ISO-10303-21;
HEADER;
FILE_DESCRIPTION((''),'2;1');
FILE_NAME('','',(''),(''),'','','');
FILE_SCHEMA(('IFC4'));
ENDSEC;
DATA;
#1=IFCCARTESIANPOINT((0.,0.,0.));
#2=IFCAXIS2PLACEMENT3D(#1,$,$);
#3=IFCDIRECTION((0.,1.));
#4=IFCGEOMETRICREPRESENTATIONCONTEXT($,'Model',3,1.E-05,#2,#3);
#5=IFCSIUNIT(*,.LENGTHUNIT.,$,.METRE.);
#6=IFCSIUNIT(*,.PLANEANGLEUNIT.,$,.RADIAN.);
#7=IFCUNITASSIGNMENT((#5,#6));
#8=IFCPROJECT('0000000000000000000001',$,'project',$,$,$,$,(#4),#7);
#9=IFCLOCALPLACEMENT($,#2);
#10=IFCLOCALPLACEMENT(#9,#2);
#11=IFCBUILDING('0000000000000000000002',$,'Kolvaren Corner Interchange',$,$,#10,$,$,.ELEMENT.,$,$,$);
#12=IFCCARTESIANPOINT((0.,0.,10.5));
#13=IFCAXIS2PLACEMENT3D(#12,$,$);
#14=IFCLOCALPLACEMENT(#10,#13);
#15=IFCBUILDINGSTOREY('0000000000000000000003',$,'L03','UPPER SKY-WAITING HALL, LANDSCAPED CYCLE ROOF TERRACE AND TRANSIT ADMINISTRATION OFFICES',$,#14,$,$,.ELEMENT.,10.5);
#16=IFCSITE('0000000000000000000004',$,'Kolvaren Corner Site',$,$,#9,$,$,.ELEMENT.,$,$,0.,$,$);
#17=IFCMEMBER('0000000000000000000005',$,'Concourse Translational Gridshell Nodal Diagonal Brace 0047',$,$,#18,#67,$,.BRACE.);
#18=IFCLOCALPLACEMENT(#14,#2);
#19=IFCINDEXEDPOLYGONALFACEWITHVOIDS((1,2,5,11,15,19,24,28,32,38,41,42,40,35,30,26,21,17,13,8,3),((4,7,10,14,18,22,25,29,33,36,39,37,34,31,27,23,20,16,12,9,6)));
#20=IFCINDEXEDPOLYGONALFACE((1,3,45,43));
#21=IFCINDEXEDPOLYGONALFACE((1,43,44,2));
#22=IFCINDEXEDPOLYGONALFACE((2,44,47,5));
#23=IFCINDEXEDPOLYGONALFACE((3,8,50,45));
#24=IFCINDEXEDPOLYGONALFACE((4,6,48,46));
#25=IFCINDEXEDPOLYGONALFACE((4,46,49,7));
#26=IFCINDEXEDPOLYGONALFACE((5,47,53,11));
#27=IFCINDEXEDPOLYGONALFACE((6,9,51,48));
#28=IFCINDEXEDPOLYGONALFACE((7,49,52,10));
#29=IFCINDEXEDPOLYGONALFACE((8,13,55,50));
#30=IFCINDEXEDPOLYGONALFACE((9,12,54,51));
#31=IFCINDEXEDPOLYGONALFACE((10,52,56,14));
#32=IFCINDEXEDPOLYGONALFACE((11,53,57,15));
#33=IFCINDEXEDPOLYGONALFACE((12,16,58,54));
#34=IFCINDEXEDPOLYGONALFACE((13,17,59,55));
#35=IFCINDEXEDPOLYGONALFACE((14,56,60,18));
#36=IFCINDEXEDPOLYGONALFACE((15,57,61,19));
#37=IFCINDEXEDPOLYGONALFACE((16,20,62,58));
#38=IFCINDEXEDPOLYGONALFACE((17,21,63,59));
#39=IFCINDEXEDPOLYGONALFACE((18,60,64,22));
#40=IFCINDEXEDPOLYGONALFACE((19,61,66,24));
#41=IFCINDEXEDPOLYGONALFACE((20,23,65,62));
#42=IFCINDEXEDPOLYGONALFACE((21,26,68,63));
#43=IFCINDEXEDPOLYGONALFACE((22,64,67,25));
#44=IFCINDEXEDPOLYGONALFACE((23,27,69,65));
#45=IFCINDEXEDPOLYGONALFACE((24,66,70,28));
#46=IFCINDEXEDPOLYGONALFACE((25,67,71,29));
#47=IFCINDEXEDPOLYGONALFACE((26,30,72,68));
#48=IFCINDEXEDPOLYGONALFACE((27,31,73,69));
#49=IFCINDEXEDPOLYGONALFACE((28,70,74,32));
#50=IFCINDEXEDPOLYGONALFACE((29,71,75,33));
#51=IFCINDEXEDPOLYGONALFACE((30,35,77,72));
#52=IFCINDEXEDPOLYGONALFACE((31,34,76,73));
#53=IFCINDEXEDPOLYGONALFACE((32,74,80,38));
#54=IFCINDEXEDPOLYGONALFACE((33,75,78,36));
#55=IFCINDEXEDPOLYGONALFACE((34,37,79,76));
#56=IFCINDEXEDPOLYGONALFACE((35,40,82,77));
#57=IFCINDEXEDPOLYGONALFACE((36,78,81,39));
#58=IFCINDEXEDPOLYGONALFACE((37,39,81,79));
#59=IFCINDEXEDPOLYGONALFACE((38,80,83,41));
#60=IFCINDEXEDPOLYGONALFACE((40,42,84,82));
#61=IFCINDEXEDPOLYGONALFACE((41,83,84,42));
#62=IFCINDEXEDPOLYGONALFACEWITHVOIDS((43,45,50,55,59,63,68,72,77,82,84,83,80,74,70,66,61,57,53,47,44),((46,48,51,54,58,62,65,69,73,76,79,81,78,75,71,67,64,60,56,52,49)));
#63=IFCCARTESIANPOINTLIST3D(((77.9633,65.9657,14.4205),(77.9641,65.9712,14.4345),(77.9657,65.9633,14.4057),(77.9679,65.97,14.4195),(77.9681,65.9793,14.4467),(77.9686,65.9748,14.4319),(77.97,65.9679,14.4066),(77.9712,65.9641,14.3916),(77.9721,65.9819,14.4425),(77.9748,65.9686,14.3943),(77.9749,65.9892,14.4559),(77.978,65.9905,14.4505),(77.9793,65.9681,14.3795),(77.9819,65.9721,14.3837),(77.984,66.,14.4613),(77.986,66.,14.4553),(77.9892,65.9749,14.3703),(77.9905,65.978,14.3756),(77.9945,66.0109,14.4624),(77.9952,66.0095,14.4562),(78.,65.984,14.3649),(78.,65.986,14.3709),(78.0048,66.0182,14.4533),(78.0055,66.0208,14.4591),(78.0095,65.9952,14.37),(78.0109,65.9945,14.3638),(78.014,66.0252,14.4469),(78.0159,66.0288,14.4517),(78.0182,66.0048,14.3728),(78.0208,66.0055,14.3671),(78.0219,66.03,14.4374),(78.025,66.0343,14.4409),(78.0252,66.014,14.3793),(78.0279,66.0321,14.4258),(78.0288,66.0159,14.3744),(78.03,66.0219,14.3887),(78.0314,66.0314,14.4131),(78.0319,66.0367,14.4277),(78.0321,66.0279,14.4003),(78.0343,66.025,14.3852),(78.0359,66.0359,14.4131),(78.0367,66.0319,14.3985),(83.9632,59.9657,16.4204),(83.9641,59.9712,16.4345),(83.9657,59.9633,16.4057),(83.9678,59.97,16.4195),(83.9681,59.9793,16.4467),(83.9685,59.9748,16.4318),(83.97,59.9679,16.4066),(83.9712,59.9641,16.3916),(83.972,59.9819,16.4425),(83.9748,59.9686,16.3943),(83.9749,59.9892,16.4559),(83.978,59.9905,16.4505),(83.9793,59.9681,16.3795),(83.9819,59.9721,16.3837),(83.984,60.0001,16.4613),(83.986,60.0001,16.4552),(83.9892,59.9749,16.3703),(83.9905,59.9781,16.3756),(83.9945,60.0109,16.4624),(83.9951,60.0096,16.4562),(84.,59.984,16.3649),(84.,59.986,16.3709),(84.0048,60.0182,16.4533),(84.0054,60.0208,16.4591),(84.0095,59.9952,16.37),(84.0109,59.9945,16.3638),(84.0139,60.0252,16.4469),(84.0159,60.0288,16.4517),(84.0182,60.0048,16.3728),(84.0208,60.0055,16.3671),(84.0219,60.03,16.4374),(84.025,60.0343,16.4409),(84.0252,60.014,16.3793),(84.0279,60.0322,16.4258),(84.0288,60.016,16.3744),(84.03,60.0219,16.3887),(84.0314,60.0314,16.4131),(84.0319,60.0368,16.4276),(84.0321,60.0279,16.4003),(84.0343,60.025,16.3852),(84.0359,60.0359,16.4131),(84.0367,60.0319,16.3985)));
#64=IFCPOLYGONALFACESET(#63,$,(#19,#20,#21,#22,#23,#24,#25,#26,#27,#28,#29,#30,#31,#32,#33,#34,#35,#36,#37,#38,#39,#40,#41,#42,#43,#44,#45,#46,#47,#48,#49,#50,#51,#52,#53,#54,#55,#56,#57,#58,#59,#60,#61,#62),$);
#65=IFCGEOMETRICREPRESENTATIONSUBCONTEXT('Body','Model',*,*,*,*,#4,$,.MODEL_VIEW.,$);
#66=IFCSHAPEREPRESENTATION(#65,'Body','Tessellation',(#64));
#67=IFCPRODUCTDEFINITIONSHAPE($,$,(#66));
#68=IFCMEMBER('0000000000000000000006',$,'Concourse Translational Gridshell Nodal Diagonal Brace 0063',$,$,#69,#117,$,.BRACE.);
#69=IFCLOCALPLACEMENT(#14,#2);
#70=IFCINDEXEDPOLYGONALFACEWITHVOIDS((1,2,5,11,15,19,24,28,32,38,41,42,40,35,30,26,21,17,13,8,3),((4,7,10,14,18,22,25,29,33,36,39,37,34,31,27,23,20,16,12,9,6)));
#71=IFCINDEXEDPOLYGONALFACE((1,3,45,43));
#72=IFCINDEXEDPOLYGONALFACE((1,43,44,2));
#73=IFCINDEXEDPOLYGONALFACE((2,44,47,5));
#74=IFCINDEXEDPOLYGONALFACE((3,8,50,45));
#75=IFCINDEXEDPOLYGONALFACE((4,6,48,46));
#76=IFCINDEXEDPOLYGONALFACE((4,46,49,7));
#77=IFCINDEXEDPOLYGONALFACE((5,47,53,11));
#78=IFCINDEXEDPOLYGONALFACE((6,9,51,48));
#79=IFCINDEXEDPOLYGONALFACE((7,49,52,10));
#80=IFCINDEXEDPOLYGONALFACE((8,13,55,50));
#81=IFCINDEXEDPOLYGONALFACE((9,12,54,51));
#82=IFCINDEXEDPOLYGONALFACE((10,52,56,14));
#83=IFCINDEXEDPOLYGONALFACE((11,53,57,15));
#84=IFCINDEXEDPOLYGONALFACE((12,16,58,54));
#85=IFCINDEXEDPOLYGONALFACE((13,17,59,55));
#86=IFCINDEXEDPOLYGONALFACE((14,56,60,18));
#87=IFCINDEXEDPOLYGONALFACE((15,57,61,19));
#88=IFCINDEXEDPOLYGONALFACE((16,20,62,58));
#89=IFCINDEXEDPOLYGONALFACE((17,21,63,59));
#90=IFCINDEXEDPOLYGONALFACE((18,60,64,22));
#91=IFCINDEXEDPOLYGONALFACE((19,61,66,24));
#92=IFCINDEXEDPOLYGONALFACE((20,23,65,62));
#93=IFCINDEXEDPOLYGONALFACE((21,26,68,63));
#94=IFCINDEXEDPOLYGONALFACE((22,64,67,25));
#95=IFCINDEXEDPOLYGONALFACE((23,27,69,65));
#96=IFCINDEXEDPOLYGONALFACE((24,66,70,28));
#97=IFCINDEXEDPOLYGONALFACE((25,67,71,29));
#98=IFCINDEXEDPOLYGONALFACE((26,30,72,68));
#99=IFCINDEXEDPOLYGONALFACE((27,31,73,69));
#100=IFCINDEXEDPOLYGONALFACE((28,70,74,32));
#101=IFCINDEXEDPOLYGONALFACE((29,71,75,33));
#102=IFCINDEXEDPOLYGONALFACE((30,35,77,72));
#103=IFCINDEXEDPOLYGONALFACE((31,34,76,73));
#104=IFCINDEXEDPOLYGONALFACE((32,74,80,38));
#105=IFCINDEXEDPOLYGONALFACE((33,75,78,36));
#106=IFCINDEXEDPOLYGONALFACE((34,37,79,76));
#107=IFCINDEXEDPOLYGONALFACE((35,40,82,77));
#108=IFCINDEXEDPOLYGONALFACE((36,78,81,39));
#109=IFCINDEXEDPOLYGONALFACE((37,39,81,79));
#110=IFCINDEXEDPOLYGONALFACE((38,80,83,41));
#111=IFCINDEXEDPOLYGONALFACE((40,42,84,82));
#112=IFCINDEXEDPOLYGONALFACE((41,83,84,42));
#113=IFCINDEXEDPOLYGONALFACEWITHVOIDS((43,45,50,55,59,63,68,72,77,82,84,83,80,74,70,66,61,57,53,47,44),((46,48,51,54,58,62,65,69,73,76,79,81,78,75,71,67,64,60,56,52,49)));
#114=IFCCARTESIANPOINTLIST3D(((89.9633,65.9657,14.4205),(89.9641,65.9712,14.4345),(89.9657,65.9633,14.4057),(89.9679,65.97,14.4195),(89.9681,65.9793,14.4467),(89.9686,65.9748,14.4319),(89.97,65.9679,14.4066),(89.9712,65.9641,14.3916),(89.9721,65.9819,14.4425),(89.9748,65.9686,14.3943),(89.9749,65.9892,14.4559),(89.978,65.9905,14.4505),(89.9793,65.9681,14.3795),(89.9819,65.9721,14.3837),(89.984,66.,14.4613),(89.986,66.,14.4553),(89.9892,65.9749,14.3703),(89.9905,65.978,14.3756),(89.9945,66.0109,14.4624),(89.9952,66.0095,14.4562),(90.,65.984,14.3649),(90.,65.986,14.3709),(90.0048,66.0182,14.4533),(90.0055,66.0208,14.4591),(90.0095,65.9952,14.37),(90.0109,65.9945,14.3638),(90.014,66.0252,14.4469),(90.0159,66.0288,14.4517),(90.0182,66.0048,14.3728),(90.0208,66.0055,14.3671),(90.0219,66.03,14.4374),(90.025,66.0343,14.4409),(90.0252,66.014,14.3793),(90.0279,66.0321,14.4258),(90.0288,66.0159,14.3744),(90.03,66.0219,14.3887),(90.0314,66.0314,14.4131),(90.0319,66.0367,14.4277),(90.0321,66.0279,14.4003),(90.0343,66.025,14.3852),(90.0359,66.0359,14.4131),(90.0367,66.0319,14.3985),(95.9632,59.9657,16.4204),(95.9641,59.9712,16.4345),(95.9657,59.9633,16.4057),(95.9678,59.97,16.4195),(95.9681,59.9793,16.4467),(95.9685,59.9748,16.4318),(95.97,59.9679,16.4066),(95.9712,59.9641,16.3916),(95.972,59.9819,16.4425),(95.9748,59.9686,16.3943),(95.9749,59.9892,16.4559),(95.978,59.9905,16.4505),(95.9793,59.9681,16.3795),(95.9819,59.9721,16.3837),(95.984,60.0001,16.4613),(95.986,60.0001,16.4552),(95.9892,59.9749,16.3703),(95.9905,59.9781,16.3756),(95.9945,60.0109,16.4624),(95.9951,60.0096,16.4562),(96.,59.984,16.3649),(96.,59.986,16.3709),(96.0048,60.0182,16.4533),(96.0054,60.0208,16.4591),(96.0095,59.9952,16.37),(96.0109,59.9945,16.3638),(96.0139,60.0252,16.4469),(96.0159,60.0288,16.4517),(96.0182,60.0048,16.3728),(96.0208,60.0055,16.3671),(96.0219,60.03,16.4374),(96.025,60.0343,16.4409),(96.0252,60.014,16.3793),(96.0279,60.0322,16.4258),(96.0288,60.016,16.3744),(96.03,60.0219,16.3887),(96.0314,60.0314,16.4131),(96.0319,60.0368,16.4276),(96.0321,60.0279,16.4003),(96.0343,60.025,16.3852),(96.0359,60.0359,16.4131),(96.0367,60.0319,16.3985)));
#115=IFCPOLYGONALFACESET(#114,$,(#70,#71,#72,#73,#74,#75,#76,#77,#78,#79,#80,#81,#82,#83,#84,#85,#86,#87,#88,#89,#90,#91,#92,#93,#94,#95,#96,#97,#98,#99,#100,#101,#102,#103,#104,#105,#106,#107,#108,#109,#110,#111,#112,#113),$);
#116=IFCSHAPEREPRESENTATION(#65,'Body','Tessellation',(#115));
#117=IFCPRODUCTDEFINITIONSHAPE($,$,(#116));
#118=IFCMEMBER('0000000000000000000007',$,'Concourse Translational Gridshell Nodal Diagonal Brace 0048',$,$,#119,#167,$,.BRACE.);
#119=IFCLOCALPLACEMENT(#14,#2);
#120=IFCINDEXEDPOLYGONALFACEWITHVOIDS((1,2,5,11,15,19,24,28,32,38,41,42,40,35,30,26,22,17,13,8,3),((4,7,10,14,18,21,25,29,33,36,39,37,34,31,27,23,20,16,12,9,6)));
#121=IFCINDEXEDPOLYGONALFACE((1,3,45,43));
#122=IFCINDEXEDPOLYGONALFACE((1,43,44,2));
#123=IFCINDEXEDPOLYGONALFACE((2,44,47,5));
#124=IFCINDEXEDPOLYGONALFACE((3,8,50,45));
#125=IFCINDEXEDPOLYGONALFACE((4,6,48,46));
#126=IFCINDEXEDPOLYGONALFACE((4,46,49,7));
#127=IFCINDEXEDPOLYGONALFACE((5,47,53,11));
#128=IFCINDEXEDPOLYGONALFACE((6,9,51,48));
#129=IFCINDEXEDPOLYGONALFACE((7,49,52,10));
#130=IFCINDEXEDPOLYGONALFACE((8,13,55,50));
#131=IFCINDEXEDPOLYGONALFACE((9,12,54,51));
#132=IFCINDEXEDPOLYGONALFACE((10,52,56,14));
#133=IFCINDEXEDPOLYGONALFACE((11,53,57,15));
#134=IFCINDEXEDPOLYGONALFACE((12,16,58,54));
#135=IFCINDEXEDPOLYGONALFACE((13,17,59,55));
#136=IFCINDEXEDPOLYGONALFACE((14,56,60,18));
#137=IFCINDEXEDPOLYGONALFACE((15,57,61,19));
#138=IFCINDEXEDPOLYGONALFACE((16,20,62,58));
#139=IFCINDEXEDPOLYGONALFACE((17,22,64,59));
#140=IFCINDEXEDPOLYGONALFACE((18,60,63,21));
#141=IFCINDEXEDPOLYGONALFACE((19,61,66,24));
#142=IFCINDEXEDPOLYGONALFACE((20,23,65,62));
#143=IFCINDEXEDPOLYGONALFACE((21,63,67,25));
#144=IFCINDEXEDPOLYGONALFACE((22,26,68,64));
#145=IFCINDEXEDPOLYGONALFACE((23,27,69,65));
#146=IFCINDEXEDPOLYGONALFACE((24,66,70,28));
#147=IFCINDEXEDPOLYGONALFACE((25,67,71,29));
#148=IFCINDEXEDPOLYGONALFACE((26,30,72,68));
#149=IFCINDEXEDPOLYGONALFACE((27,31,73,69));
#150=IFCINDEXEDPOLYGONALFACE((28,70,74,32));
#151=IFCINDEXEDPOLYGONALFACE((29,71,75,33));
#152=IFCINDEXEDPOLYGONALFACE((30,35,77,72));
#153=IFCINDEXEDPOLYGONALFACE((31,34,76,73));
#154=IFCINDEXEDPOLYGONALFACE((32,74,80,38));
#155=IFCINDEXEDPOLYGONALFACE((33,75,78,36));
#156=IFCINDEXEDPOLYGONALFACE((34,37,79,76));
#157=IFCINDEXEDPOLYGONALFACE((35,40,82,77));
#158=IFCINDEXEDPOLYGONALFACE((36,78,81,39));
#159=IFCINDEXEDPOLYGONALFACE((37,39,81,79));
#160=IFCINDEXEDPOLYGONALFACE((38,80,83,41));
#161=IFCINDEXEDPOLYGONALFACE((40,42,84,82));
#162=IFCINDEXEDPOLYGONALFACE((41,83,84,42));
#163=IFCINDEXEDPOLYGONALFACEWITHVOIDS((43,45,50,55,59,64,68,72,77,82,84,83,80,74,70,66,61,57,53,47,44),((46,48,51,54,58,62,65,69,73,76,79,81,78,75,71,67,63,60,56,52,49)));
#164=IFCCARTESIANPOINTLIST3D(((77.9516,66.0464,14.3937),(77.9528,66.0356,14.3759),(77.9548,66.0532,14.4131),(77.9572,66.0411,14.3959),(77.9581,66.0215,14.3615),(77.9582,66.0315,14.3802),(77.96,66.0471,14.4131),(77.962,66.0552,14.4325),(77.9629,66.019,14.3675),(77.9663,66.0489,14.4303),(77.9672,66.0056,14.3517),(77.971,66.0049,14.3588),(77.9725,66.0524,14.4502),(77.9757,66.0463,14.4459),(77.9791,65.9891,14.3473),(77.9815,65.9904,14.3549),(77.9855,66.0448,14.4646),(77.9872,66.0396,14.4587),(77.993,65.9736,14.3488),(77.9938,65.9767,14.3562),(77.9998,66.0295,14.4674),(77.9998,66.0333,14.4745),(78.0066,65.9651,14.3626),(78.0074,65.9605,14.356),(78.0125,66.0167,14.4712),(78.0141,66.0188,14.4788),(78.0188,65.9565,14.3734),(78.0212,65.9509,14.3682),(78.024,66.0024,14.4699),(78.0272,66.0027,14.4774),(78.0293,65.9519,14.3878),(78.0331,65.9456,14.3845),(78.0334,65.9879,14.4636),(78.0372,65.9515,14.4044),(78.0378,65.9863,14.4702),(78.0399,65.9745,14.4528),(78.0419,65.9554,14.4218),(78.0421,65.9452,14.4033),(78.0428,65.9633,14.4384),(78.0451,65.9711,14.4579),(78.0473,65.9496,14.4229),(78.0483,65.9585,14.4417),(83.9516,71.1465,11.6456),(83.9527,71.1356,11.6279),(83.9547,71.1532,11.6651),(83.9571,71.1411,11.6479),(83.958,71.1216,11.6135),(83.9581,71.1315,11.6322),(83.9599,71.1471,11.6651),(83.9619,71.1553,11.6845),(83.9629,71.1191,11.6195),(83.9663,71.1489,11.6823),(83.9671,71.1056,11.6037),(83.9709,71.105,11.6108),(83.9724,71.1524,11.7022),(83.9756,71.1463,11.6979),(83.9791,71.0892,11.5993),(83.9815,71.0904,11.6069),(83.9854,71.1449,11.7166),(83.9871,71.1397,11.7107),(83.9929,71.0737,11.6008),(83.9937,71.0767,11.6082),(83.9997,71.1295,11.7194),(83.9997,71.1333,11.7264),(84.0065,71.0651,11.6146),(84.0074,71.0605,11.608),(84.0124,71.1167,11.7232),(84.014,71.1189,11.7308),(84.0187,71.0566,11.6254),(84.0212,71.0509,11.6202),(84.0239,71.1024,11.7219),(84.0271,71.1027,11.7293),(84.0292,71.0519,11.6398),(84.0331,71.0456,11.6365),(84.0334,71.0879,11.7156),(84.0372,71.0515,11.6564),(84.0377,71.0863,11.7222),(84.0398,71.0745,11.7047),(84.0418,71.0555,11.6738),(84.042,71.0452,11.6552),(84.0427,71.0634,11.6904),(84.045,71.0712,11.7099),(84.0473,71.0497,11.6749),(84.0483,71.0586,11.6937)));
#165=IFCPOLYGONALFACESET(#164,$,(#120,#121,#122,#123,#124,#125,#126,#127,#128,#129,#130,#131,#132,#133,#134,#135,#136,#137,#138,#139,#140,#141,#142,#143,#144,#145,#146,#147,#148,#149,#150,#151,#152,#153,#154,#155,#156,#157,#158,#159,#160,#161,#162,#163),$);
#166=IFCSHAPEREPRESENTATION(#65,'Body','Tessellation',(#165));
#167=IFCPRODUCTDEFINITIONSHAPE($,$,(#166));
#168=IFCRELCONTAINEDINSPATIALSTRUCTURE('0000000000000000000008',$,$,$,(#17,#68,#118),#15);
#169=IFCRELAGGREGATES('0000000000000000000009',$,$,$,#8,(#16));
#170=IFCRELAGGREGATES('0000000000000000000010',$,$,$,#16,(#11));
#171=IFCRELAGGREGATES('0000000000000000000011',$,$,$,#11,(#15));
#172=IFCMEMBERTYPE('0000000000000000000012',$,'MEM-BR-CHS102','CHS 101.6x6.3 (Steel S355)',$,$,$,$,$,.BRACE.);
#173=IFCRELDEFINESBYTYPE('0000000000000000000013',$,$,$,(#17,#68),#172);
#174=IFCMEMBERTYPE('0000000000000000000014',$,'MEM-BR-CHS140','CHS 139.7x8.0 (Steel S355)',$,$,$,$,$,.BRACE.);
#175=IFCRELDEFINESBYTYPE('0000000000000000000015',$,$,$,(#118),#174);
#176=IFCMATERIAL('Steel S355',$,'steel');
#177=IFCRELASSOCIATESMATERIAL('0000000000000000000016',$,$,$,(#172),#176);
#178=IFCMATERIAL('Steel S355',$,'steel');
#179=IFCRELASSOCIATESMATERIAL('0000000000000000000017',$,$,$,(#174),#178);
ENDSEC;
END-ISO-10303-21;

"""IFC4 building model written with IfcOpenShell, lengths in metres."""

from ifc_helpers import new_model, si_unit, direction, frame, origin, origin_2d, place, context, subcontext, project, spatial, hollow_circle, extrude, material, material_profile, profile_set, type_object, element, save


model = new_model("IFC4")

# Units and contexts
model_context = context("Model", 3, precision=1e-05, world=origin(), true_north=direction((0.0, 1.0)))
body_context = subcontext(model_context, "Body", "Model", "MODEL_VIEW")
ifc_project = project(units=[si_unit("LENGTHUNIT", "METRE"), si_unit("PLANEANGLEUNIT", "RADIAN")], contexts=[model_context])

# Site, building, storey
site_placement = place(None, origin())
site = spatial("IfcSite", under=ifc_project, at=site_placement, Name="Kolvaren Corner Site", CompositionType="ELEMENT", RefElevation=0.0)
building_placement = place(site_placement, origin())
building = spatial("IfcBuilding", under=site, at=building_placement, Name="Kolvaren Corner Interchange", CompositionType="ELEMENT")
storey_placement = place(building_placement, frame((0.0, 0.0, 10.5)))
storey = spatial("IfcBuildingStorey", under=building, at=storey_placement, Name="L03", Description="UPPER SKY-WAITING HALL, LANDSCAPED CYCLE ROOF TERRACE AND TRANSIT ADMINISTRATION OFFICES", CompositionType="ELEMENT", Elevation=10.5)

# Members
ifc_material_1 = material(Name="Steel S355", Category="steel")
ifc_material_profile_1 = material_profile(ifc_material_1, hollow_circle(Radius=0.0508, WallThickness=0.0063, at=origin_2d()), Name="CHS 101.6x6.3")
ifc_profile_set_1 = profile_set([ifc_material_profile_1], Name="Steel S355")
member_type_1 = type_object("IfcMemberType", Name="MEM-BR-CHS102", Description="CHS 101.6x6.3 (Steel S355)", PredefinedType="BRACE", material=ifc_profile_set_1)
for number, where, z_axis, x_axis, name in (
    (1, (78.0, 66.0, 14.4131), (0.688247, -0.688247, 0.229416), (0.707107, 0.707107, 0.0), "Concourse Translational Gridshell Nodal Diagonal Brace 0047"),
    (2, (90.0, 66.0, 14.4131), (0.688247, -0.688247, 0.229416), (0.707107, 0.707107, 0.0), "Concourse Translational Gridshell Nodal Diagonal Brace 0063"),
):
    element("IfcMember", number, at=place(storey_placement, frame(where, z_axis=z_axis, x_axis=x_axis)), inside=storey, type_object=member_type_1, Name=name, PredefinedType="BRACE", context=body_context, shape_type="SweptSolid", body=[
        extrude(hollow_circle(Radius=0.0508, WallThickness=0.0063, at=origin_2d()), origin(), (0.0, 0.0, 1.0), 8.7178),
    ])
ifc_material_2 = material(Name="Steel S355", Category="steel")
ifc_material_profile_2 = material_profile(ifc_material_2, hollow_circle(Radius=0.0698, WallThickness=0.0081, at=origin_2d()), Name="CHS 139.7x8.0")
ifc_profile_set_2 = profile_set([ifc_material_profile_2], Name="Steel S355")
member_type_2 = type_object("IfcMemberType", Name="MEM-BR-CHS140", Description="CHS 139.7x8.0 (Steel S355)", PredefinedType="BRACE", material=ifc_profile_set_2)
for number, where, z_axis, x_axis, name in (
    (3, (78.0, 66.0, 14.4131), (0.719387, 0.611491, -0.329485), (-0.647656, 0.761933, 0.0), "Concourse Translational Gridshell Nodal Diagonal Brace 0048"),
):
    element("IfcMember", number, at=place(storey_placement, frame(where, z_axis=z_axis, x_axis=x_axis)), inside=storey, type_object=member_type_2, Name=name, PredefinedType="BRACE", context=body_context, shape_type="SweptSolid", body=[
        extrude(hollow_circle(Radius=0.0698, WallThickness=0.0081, at=origin_2d()), origin(), (0.0, 0.0, 1.0), 8.3403),
    ])

save(model, "model.ifc")
